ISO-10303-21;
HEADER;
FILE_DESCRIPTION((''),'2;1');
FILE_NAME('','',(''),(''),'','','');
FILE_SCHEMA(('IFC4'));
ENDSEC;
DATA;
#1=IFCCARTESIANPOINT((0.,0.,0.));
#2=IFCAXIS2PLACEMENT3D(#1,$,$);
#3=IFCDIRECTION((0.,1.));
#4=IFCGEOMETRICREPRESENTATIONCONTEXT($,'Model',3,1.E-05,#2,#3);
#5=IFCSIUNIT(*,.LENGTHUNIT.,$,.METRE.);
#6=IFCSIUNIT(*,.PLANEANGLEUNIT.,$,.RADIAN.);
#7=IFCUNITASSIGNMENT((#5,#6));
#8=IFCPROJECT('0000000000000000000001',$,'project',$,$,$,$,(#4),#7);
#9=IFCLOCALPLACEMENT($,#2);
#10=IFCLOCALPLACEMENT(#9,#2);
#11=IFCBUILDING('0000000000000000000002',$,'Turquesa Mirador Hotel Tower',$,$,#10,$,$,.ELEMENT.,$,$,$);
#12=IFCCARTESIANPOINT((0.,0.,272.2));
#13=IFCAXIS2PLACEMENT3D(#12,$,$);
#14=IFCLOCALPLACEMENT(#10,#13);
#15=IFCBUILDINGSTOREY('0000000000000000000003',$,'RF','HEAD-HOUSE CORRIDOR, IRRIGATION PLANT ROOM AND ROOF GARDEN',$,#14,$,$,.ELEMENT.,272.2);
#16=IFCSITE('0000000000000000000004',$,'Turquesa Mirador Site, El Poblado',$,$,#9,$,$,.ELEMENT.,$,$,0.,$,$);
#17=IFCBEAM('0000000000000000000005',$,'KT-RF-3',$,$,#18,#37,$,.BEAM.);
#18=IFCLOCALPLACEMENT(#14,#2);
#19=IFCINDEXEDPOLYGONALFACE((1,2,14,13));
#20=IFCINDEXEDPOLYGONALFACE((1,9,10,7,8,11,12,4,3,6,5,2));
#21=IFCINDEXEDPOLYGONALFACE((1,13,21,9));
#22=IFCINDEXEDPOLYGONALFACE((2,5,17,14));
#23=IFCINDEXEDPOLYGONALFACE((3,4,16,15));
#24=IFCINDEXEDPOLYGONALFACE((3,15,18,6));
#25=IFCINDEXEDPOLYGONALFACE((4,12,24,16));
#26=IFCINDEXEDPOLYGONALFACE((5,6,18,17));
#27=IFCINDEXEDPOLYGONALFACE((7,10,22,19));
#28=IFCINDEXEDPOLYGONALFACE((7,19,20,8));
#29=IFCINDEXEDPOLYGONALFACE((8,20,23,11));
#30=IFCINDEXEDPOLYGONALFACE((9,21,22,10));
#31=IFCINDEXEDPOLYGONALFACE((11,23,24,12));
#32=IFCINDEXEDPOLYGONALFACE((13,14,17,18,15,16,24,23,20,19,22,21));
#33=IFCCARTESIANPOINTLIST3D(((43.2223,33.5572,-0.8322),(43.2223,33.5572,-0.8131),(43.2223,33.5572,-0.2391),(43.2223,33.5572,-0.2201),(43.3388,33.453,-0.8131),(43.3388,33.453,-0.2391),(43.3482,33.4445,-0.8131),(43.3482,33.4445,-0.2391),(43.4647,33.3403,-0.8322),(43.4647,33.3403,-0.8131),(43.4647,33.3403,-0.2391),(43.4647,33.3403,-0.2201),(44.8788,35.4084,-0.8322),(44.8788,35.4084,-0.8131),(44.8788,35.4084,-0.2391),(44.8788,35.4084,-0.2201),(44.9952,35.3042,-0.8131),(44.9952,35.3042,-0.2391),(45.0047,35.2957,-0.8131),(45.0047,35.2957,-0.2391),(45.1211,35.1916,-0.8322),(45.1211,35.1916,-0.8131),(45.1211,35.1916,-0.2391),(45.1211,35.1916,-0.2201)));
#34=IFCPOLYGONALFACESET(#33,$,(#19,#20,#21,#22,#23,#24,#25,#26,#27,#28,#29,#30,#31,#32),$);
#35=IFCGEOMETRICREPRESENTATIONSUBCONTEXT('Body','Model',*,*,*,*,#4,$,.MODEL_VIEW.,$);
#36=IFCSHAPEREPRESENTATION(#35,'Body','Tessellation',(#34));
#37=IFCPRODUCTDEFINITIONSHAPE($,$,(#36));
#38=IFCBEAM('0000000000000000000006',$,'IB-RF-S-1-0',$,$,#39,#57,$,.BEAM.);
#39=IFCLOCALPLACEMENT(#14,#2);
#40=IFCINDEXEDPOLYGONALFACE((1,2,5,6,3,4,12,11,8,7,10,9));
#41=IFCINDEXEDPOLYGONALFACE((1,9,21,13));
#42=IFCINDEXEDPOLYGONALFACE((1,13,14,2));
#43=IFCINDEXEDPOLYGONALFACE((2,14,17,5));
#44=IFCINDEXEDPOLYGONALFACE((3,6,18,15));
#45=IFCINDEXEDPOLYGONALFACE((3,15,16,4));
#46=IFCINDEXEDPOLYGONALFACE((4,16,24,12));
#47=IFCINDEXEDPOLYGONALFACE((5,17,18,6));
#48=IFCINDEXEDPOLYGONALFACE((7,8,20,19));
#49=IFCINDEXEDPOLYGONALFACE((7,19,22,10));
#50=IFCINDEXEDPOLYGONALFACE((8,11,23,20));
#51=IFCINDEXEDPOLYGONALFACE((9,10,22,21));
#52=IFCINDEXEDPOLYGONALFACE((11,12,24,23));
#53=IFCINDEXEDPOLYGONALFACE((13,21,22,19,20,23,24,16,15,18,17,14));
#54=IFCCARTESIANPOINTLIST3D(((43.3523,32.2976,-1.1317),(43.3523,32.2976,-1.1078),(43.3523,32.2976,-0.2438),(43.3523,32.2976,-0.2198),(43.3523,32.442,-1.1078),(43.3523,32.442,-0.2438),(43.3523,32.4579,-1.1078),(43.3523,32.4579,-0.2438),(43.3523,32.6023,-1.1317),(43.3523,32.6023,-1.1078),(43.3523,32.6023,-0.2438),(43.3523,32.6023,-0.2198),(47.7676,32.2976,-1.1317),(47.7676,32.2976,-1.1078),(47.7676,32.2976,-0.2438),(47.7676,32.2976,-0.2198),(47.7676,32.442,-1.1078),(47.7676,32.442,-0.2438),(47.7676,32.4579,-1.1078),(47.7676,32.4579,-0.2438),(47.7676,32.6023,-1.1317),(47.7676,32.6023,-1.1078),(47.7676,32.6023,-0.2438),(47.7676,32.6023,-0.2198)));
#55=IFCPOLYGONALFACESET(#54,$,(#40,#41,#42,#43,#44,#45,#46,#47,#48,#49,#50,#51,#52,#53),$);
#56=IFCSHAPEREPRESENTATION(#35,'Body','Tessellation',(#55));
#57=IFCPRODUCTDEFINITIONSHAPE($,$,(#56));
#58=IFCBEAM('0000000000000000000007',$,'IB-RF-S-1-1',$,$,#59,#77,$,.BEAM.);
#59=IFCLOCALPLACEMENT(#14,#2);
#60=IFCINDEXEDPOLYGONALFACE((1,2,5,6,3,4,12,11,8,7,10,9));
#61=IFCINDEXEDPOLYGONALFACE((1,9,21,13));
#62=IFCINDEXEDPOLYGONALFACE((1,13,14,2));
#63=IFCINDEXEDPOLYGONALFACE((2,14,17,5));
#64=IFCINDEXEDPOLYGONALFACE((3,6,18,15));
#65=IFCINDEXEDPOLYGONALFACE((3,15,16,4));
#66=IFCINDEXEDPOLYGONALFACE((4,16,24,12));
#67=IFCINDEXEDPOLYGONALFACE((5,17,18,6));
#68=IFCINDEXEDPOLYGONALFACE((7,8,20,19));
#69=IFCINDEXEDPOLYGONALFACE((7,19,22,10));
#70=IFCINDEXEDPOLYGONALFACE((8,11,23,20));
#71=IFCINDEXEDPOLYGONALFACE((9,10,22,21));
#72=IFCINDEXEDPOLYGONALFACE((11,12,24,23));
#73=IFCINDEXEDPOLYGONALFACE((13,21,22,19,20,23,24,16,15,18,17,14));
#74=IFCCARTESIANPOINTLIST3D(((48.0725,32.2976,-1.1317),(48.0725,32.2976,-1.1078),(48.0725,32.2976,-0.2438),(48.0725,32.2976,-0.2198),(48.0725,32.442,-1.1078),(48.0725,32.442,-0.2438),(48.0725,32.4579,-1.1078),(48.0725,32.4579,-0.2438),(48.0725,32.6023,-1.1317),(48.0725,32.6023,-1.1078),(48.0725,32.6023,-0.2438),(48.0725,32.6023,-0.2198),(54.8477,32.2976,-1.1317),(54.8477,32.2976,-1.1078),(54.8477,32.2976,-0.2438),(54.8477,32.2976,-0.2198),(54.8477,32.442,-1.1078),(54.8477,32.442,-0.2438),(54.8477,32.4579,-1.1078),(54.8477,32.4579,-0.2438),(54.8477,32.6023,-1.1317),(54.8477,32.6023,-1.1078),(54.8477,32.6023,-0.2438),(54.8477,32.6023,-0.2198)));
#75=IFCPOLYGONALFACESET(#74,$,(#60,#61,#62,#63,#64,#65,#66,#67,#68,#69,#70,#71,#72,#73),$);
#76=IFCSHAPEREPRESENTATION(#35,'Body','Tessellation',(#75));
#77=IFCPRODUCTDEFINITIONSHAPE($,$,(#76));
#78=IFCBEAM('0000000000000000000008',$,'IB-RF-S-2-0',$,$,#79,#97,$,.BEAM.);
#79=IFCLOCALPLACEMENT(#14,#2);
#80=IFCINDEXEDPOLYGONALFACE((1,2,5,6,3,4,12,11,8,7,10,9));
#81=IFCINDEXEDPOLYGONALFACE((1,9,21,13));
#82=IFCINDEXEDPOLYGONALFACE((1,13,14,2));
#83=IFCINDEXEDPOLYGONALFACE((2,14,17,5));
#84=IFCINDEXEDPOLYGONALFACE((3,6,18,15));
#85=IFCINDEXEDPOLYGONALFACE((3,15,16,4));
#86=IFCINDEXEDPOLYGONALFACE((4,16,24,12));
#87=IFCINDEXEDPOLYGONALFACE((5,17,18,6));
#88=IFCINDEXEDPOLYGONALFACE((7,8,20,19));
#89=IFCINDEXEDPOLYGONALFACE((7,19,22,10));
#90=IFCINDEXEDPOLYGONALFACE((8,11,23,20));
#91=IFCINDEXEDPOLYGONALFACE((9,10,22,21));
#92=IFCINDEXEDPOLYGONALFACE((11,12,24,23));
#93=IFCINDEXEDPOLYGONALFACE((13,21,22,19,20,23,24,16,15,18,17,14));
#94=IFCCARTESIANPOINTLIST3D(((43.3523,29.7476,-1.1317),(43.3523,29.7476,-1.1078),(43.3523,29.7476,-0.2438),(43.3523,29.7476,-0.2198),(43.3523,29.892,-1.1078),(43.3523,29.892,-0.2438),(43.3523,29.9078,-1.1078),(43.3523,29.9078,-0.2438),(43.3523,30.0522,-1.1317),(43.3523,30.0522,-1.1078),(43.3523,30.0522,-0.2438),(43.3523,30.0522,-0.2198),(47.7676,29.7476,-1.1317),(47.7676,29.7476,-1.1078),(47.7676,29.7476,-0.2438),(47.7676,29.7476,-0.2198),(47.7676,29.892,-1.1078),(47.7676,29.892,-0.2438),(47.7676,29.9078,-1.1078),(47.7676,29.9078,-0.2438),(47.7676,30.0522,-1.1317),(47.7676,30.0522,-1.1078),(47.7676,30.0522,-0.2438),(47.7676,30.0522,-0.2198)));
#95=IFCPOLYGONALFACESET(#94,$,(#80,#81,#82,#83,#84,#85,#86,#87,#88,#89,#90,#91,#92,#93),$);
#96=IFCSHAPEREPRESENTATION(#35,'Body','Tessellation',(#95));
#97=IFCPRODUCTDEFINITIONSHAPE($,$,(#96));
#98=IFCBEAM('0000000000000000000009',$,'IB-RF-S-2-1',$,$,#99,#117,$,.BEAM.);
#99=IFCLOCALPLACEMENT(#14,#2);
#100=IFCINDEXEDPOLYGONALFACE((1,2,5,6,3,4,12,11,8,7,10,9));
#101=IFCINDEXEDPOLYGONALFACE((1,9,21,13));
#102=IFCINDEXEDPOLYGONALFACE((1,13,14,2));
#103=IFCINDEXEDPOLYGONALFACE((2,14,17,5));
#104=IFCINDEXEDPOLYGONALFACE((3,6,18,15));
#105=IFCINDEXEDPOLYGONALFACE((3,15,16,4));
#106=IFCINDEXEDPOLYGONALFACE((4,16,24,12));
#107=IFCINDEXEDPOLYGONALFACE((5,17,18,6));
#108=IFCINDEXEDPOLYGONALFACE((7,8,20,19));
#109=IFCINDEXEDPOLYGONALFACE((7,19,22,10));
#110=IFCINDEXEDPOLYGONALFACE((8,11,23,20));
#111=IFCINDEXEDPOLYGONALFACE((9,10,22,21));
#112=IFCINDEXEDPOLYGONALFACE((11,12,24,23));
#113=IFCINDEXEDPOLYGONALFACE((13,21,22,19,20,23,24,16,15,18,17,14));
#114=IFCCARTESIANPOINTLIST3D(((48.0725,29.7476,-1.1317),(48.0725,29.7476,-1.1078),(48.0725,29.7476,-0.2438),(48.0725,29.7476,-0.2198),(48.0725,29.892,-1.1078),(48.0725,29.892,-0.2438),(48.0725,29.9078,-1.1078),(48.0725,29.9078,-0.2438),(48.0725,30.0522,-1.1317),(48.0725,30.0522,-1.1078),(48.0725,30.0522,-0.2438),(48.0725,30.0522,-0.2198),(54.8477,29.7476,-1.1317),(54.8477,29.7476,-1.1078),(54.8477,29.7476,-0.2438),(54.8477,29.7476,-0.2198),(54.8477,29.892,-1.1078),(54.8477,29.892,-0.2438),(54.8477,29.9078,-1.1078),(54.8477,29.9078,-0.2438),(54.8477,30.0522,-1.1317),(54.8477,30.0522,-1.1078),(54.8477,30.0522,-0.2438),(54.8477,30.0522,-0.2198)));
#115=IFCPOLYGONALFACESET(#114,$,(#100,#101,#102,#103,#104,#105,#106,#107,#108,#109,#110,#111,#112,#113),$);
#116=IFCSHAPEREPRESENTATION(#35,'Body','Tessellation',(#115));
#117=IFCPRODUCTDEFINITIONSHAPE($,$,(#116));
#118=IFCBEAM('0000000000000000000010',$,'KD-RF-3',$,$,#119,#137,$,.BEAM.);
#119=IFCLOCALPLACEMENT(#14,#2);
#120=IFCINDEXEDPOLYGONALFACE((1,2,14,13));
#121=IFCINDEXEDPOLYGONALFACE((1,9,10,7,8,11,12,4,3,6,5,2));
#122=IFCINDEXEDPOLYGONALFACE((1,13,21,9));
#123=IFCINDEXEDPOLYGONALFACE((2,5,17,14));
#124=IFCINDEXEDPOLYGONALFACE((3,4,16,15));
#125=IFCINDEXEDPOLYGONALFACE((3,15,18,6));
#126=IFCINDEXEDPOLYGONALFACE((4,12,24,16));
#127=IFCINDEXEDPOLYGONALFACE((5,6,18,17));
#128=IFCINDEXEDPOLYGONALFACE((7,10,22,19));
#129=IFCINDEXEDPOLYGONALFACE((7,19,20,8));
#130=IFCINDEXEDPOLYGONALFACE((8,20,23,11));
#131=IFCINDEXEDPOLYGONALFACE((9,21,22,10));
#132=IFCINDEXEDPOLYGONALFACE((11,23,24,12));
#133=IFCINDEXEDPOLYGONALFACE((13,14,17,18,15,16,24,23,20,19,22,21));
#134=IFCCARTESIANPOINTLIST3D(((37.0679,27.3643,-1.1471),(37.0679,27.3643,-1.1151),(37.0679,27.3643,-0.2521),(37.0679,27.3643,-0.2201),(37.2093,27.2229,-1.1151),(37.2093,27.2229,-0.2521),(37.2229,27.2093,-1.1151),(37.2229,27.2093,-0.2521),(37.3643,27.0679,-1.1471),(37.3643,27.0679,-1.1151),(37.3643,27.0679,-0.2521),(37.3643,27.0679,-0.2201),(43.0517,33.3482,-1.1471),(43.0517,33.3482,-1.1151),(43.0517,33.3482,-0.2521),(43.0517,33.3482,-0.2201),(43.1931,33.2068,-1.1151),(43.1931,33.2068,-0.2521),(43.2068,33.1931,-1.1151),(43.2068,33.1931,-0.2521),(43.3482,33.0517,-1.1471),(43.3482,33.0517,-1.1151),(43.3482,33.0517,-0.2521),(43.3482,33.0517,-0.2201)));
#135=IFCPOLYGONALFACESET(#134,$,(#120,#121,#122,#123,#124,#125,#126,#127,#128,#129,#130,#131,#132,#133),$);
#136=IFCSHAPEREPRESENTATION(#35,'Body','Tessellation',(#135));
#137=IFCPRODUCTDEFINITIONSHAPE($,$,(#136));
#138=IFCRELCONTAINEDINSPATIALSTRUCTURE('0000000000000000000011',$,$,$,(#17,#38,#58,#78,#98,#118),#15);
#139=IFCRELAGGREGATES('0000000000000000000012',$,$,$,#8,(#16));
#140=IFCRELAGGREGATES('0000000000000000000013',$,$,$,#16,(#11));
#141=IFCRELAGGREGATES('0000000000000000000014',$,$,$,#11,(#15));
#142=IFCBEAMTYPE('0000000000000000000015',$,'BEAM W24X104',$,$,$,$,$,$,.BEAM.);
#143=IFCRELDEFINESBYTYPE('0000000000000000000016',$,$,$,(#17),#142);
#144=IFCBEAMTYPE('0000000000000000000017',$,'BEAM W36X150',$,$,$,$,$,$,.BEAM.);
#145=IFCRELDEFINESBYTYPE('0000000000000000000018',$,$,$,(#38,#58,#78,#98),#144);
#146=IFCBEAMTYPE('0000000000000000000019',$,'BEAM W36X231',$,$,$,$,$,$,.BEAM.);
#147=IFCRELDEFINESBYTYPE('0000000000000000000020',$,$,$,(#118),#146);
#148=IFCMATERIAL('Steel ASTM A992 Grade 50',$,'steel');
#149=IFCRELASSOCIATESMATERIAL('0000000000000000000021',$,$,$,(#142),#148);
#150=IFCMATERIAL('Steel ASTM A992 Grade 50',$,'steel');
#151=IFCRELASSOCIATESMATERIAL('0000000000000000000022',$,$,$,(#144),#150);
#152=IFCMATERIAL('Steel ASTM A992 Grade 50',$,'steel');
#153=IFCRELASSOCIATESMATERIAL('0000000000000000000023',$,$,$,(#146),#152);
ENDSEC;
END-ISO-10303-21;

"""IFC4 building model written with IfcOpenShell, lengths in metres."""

from ifc_helpers import new_model, si_unit, direction, frame, origin, origin_2d, place, context, subcontext, project, spatial, i_section, extrude, material, material_profile, profile_set, type_object, element, save


model = new_model("IFC4")

# Units and contexts
model_context = context("Model", 3, precision=1e-05, world=origin(), true_north=direction((0.0, 1.0)))
body_context = subcontext(model_context, "Body", "Model", "MODEL_VIEW")
ifc_project = project(units=[si_unit("LENGTHUNIT", "METRE"), si_unit("PLANEANGLEUNIT", "RADIAN")], contexts=[model_context])

# Site, building, storey
site_placement = place(None, origin())
site = spatial("IfcSite", under=ifc_project, at=site_placement, Name="Turquesa Mirador Site, El Poblado", CompositionType="ELEMENT", RefElevation=0.0)
building_placement = place(site_placement, origin())
building = spatial("IfcBuilding", under=site, at=building_placement, Name="Turquesa Mirador Hotel Tower", CompositionType="ELEMENT")
storey_placement = place(building_placement, frame((0.0, 0.0, 272.2)))
storey = spatial("IfcBuildingStorey", under=building, at=storey_placement, Name="RF", Description="HEAD-HOUSE CORRIDOR, IRRIGATION PLANT ROOM AND ROOF GARDEN", CompositionType="ELEMENT", Elevation=272.2)

# Beams
ifc_material_1 = material(Name="Steel ASTM A992 Grade 50", Category="steel")
ifc_material_profile_1 = material_profile(ifc_material_1, i_section(OverallWidth=0.3252, OverallDepth=0.6121, WebThickness=0.0127, FlangeThickness=0.019, at=origin_2d()), Name="W24X104")
ifc_profile_set_1 = profile_set([ifc_material_profile_1], Name="Steel ASTM A992 Grade 50")
beam_type_1 = type_object("IfcBeamType", Name="BEAM W24X104", PredefinedType="BEAM", material=ifc_profile_set_1)
beam_1_placement = place(storey_placement, frame((43.3435, 33.4487, -0.5261), z_axis=(0.666806, 0.745231, 0.0), x_axis=(-0.745231, 0.666806, 0.0)))
element("IfcBeam", 1, at=beam_1_placement, inside=storey, type_object=beam_type_1, Name="KT-RF-3", PredefinedType="BEAM", context=body_context, shape_type="SweptSolid", body=[
    extrude(i_section(OverallWidth=0.3252, OverallDepth=0.6121, WebThickness=0.0127, FlangeThickness=0.019, at=origin_2d()), origin(), (0.0, 0.0, 1.0), 2.4841),
])
ifc_material_2 = material(Name="Steel ASTM A992 Grade 50", Category="steel")
ifc_material_profile_2 = material_profile(ifc_material_2, i_section(OverallWidth=0.3047, OverallDepth=0.9119, WebThickness=0.0159, FlangeThickness=0.0239, at=origin_2d()), Name="W36X150")
ifc_profile_set_2 = profile_set([ifc_material_profile_2], Name="Steel ASTM A992 Grade 50")
beam_type_2 = type_object("IfcBeamType", Name="BEAM W36X150", PredefinedType="BEAM", material=ifc_profile_set_2)
beam_2_placement = place(storey_placement, frame((43.3523, 32.45, -0.6758), z_axis=(1.0, 0.0, 0.0), x_axis=(0.0, 1.0, 0.0)))
element("IfcBeam", 2, at=beam_2_placement, inside=storey, type_object=beam_type_2, Name="IB-RF-S-1-0", PredefinedType="BEAM", context=body_context, shape_type="SweptSolid", body=[
    extrude(i_section(OverallWidth=0.3047, OverallDepth=0.9119, WebThickness=0.0159, FlangeThickness=0.0239, at=origin_2d()), origin(), (0.0, 0.0, 1.0), 4.4153),
])
beam_3_placement = place(storey_placement, frame((48.0725, 32.45, -0.6758), z_axis=(1.0, 0.0, 0.0), x_axis=(0.0, 1.0, 0.0)))
element("IfcBeam", 3, at=beam_3_placement, inside=storey, type_object=beam_type_2, Name="IB-RF-S-1-1", PredefinedType="BEAM", context=body_context, shape_type="SweptSolid", body=[
    extrude(i_section(OverallWidth=0.3047, OverallDepth=0.9119, WebThickness=0.0159, FlangeThickness=0.0239, at=origin_2d()), origin(), (0.0, 0.0, 1.0), 6.7751),
])
beam_4_placement = place(storey_placement, frame((43.3523, 29.8999, -0.6758), z_axis=(1.0, 0.0, 0.0), x_axis=(0.0, 1.0, 0.0)))
element("IfcBeam", 4, at=beam_4_placement, inside=storey, type_object=beam_type_2, Name="IB-RF-S-2-0", PredefinedType="BEAM", context=body_context, shape_type="SweptSolid", body=[
    extrude(i_section(OverallWidth=0.3047, OverallDepth=0.9119, WebThickness=0.0159, FlangeThickness=0.0239, at=origin_2d()), origin(), (0.0, 0.0, 1.0), 4.4153),
])
beam_5_placement = place(storey_placement, frame((48.0725, 29.8999, -0.6758), z_axis=(1.0, 0.0, 0.0), x_axis=(0.0, 1.0, 0.0)))
element("IfcBeam", 5, at=beam_5_placement, inside=storey, type_object=beam_type_2, Name="IB-RF-S-2-1", PredefinedType="BEAM", context=body_context, shape_type="SweptSolid", body=[
    extrude(i_section(OverallWidth=0.3047, OverallDepth=0.9119, WebThickness=0.0159, FlangeThickness=0.0239, at=origin_2d()), origin(), (0.0, 0.0, 1.0), 6.7751),
])
ifc_material_3 = material(Name="Steel ASTM A992 Grade 50", Category="steel")
ifc_material_profile_3 = material_profile(ifc_material_3, i_section(OverallWidth=0.4192, OverallDepth=0.927, WebThickness=0.0193, FlangeThickness=0.032, at=origin_2d()), Name="W36X231")
ifc_profile_set_3 = profile_set([ifc_material_profile_3], Name="Steel ASTM A992 Grade 50")
beam_type_3 = type_object("IfcBeamType", Name="BEAM W36X231", PredefinedType="BEAM", material=ifc_profile_set_3)
beam_6_placement = place(storey_placement, frame((43.2, 33.2, -0.6836), z_axis=(-0.707107, -0.707107, 0.0), x_axis=(0.707107, -0.707107, 0.0)))
element("IfcBeam", 6, at=beam_6_placement, inside=storey, type_object=beam_type_3, Name="KD-RF-3", PredefinedType="BEAM", context=body_context, shape_type="SweptSolid", body=[
    extrude(i_section(OverallWidth=0.4192, OverallDepth=0.927, WebThickness=0.0193, FlangeThickness=0.032, at=origin_2d()), origin(), (0.0, 0.0, 1.0), 8.4624),
])

save(model, "model.ifc")
